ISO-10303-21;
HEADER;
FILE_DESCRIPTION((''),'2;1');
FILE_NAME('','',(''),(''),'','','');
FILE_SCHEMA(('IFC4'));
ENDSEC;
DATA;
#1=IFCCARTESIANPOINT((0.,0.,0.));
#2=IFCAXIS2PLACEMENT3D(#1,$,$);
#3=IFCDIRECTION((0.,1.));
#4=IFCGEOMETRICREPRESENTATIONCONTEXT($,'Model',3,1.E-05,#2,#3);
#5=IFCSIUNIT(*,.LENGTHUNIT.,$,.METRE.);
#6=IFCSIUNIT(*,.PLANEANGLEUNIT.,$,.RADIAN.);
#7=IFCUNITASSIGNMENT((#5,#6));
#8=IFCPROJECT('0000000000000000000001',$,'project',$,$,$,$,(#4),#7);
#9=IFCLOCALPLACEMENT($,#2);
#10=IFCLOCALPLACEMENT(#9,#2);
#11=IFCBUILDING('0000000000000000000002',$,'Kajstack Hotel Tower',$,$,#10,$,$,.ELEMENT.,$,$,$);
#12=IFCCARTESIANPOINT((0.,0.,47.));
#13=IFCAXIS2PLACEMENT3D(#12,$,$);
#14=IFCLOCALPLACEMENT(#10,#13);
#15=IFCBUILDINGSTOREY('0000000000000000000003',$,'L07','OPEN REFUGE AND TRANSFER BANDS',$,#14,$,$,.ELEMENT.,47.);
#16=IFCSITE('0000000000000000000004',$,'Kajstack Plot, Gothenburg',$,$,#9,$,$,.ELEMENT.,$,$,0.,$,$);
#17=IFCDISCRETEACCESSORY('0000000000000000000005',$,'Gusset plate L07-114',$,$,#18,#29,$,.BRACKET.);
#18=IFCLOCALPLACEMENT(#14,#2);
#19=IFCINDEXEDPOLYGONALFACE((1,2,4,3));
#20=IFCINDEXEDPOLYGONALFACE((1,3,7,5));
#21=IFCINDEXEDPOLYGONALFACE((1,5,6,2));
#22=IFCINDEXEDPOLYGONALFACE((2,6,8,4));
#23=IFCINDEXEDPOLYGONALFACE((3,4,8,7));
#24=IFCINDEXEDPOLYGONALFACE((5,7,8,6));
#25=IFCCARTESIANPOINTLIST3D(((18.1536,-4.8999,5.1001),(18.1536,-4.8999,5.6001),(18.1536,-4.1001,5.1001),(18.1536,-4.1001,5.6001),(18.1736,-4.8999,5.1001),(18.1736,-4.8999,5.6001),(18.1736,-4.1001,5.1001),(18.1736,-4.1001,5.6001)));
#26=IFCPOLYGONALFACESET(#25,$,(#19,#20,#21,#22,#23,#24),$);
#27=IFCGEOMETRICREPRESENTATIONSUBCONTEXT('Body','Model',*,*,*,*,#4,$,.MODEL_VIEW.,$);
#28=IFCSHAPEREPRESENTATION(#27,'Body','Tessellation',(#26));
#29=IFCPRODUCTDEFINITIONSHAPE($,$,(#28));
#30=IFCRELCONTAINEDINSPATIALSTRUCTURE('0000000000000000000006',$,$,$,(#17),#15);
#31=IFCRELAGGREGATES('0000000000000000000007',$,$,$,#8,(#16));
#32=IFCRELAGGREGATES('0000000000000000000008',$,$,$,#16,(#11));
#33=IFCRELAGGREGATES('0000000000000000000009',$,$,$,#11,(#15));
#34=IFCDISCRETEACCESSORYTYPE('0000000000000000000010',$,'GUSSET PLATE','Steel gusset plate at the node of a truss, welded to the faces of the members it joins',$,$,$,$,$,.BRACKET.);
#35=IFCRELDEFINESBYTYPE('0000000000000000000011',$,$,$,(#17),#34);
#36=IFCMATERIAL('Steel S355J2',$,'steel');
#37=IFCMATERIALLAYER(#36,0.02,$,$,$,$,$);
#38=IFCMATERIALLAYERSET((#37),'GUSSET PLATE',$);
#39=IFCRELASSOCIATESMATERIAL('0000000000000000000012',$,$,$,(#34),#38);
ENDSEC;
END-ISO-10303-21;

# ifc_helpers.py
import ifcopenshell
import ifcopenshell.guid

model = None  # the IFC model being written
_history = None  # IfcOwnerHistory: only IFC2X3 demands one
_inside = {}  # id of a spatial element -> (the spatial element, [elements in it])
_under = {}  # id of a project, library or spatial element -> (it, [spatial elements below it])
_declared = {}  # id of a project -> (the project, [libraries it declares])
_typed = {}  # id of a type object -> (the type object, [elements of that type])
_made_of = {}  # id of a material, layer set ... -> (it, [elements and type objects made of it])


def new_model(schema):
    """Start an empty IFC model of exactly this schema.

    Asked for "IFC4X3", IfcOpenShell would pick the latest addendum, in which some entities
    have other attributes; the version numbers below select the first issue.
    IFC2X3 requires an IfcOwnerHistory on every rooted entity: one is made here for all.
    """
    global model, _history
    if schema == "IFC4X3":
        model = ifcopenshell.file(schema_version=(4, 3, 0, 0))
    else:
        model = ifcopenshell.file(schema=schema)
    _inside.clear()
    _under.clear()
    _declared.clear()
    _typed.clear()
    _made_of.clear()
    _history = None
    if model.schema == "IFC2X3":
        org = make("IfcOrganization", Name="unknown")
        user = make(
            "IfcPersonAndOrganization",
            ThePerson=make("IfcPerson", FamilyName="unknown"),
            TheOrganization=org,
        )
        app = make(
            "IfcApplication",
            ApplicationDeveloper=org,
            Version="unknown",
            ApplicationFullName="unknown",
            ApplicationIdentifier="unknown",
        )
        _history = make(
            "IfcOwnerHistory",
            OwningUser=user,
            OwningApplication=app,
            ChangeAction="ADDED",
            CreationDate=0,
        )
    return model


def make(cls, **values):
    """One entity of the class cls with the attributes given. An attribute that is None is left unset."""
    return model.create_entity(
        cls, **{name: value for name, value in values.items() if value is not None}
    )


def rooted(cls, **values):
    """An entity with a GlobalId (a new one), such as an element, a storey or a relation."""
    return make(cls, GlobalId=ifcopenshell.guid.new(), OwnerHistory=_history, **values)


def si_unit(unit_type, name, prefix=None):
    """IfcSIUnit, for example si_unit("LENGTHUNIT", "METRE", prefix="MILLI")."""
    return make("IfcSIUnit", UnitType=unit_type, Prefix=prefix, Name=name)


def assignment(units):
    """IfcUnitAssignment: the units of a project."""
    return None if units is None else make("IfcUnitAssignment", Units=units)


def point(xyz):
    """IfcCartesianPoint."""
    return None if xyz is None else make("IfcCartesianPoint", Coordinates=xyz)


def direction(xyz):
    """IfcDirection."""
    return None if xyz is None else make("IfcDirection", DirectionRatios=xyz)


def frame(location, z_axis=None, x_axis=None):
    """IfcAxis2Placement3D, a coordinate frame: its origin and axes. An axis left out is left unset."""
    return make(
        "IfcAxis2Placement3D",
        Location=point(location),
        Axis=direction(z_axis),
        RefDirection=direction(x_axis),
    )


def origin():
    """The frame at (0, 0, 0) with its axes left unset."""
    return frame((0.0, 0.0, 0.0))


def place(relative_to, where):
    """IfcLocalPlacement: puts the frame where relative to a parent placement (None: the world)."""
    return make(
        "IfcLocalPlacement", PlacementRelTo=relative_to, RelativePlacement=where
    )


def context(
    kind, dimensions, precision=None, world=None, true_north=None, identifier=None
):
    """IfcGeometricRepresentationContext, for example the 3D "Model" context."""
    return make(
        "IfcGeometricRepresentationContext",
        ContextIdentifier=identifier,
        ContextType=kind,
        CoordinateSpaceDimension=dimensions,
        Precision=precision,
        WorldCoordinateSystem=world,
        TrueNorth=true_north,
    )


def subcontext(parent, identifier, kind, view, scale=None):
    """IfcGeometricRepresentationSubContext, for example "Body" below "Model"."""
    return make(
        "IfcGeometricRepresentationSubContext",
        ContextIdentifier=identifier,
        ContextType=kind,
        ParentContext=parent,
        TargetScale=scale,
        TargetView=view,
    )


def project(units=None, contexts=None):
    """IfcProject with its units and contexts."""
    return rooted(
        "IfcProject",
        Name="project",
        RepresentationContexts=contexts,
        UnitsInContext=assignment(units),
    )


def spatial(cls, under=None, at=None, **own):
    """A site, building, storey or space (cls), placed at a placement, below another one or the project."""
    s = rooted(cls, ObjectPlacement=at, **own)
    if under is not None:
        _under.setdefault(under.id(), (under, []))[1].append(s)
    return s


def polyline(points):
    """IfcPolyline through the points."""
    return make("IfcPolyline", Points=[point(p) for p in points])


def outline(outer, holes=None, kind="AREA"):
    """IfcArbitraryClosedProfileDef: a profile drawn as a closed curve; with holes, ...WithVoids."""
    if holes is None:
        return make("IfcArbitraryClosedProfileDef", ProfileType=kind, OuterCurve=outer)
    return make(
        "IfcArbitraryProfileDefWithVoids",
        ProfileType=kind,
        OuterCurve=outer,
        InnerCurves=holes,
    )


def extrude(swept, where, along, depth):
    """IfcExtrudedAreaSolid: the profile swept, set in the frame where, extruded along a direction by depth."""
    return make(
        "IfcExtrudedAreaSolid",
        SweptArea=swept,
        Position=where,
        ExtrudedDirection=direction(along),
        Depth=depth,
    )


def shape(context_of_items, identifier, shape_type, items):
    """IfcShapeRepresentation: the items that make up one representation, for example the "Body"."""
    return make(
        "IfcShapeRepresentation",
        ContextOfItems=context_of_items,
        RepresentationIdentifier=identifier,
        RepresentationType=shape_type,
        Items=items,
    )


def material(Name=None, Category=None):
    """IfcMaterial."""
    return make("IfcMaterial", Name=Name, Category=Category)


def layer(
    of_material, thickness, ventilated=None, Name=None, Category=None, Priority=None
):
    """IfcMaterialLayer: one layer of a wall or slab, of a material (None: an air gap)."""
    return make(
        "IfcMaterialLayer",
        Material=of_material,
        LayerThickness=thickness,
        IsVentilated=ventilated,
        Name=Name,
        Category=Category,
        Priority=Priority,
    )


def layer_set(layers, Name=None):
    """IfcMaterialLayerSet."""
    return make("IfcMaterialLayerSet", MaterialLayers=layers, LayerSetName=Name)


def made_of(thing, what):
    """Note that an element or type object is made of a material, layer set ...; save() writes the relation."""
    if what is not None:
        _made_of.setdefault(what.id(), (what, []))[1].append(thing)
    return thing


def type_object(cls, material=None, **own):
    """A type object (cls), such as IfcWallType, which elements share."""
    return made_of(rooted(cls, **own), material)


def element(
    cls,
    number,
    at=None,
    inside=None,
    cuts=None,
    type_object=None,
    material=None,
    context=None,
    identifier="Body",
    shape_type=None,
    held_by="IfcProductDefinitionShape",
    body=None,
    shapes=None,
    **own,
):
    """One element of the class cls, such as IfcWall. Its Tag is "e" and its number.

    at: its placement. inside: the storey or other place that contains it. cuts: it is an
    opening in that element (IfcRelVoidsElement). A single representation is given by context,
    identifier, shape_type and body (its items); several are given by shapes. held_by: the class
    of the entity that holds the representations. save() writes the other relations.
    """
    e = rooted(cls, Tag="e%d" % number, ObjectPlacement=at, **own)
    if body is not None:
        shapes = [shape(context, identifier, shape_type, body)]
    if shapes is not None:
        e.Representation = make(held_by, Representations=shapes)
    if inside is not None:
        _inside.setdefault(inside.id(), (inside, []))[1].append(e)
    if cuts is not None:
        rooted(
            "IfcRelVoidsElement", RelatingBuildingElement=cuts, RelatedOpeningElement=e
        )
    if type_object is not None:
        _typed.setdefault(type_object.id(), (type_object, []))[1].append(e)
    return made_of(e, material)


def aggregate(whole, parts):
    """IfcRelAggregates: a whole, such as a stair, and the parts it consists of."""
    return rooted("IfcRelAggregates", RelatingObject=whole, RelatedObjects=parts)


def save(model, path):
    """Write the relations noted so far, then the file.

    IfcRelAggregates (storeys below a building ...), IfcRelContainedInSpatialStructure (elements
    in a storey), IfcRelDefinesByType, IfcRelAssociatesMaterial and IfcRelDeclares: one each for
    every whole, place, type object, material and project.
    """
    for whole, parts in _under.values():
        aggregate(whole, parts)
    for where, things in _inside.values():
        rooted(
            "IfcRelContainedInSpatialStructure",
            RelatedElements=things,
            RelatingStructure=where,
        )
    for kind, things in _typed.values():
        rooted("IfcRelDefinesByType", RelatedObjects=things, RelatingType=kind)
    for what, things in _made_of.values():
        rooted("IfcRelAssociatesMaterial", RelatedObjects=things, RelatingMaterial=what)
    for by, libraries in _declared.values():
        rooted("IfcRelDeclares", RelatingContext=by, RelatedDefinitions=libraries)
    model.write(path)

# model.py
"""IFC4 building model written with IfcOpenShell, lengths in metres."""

from ifc_helpers import new_model, si_unit, direction, frame, origin, place, context, subcontext, project, spatial, polyline, outline, extrude, material, layer, layer_set, type_object, element, save


model = new_model("IFC4")

# Units and contexts
model_context = context("Model", 3, precision=1e-05, world=origin(), true_north=direction((0.0, 1.0)))
body_context = subcontext(model_context, "Body", "Model", "MODEL_VIEW")
ifc_project = project(units=[si_unit("LENGTHUNIT", "METRE"), si_unit("PLANEANGLEUNIT", "RADIAN")], contexts=[model_context])

# Site, building, storey
site_placement = place(None, origin())
site = spatial("IfcSite", under=ifc_project, at=site_placement, Name="Kajstack Plot, Gothenburg", CompositionType="ELEMENT", RefElevation=0.0)
building_placement = place(site_placement, origin())
building = spatial("IfcBuilding", under=site, at=building_placement, Name="Kajstack Hotel Tower", CompositionType="ELEMENT")
storey_placement = place(building_placement, frame((0.0, 0.0, 47.0)))
storey = spatial("IfcBuildingStorey", under=building, at=storey_placement, Name="L07", Description="OPEN REFUGE AND TRANSFER BANDS", CompositionType="ELEMENT", Elevation=47.0)

# Shared definitions
ifc_material_1 = material(Name="Steel S355J2", Category="steel")

# Discrete accessory
ifc_layer_1 = layer(ifc_material_1, 0.02)
ifc_layer_set_1 = layer_set([ifc_layer_1], Name="GUSSET PLATE")
discrete_accessory_type_1 = type_object("IfcDiscreteAccessoryType", Name="GUSSET PLATE", Description="Steel gusset plate at the node of a truss, welded to the faces of the members it joins", PredefinedType="BRACKET", material=ifc_layer_set_1)
for number, where, z_axis, x_axis, name in (
    (1, (18.1536, -4.5, 5.1001), (1.0, 0.0, 0.0), (0.0, 1.0, 0.0), "Gusset plate L07-114"),
):
    element("IfcDiscreteAccessory", number, at=place(storey_placement, frame(where, z_axis=z_axis, x_axis=x_axis)), inside=storey, type_object=discrete_accessory_type_1, Name=name, PredefinedType="BRACKET", context=body_context, shape_type="SweptSolid", body=[
        extrude(outline(polyline([(-0.3999, 0.0), (0.3999, 0.0), (0.3999, 0.5), (-0.3999, 0.5), (-0.3999, 0.0)])), origin(), (0.0, 0.0, 1.0), 0.02),
    ])

save(model, "model.ifc")
